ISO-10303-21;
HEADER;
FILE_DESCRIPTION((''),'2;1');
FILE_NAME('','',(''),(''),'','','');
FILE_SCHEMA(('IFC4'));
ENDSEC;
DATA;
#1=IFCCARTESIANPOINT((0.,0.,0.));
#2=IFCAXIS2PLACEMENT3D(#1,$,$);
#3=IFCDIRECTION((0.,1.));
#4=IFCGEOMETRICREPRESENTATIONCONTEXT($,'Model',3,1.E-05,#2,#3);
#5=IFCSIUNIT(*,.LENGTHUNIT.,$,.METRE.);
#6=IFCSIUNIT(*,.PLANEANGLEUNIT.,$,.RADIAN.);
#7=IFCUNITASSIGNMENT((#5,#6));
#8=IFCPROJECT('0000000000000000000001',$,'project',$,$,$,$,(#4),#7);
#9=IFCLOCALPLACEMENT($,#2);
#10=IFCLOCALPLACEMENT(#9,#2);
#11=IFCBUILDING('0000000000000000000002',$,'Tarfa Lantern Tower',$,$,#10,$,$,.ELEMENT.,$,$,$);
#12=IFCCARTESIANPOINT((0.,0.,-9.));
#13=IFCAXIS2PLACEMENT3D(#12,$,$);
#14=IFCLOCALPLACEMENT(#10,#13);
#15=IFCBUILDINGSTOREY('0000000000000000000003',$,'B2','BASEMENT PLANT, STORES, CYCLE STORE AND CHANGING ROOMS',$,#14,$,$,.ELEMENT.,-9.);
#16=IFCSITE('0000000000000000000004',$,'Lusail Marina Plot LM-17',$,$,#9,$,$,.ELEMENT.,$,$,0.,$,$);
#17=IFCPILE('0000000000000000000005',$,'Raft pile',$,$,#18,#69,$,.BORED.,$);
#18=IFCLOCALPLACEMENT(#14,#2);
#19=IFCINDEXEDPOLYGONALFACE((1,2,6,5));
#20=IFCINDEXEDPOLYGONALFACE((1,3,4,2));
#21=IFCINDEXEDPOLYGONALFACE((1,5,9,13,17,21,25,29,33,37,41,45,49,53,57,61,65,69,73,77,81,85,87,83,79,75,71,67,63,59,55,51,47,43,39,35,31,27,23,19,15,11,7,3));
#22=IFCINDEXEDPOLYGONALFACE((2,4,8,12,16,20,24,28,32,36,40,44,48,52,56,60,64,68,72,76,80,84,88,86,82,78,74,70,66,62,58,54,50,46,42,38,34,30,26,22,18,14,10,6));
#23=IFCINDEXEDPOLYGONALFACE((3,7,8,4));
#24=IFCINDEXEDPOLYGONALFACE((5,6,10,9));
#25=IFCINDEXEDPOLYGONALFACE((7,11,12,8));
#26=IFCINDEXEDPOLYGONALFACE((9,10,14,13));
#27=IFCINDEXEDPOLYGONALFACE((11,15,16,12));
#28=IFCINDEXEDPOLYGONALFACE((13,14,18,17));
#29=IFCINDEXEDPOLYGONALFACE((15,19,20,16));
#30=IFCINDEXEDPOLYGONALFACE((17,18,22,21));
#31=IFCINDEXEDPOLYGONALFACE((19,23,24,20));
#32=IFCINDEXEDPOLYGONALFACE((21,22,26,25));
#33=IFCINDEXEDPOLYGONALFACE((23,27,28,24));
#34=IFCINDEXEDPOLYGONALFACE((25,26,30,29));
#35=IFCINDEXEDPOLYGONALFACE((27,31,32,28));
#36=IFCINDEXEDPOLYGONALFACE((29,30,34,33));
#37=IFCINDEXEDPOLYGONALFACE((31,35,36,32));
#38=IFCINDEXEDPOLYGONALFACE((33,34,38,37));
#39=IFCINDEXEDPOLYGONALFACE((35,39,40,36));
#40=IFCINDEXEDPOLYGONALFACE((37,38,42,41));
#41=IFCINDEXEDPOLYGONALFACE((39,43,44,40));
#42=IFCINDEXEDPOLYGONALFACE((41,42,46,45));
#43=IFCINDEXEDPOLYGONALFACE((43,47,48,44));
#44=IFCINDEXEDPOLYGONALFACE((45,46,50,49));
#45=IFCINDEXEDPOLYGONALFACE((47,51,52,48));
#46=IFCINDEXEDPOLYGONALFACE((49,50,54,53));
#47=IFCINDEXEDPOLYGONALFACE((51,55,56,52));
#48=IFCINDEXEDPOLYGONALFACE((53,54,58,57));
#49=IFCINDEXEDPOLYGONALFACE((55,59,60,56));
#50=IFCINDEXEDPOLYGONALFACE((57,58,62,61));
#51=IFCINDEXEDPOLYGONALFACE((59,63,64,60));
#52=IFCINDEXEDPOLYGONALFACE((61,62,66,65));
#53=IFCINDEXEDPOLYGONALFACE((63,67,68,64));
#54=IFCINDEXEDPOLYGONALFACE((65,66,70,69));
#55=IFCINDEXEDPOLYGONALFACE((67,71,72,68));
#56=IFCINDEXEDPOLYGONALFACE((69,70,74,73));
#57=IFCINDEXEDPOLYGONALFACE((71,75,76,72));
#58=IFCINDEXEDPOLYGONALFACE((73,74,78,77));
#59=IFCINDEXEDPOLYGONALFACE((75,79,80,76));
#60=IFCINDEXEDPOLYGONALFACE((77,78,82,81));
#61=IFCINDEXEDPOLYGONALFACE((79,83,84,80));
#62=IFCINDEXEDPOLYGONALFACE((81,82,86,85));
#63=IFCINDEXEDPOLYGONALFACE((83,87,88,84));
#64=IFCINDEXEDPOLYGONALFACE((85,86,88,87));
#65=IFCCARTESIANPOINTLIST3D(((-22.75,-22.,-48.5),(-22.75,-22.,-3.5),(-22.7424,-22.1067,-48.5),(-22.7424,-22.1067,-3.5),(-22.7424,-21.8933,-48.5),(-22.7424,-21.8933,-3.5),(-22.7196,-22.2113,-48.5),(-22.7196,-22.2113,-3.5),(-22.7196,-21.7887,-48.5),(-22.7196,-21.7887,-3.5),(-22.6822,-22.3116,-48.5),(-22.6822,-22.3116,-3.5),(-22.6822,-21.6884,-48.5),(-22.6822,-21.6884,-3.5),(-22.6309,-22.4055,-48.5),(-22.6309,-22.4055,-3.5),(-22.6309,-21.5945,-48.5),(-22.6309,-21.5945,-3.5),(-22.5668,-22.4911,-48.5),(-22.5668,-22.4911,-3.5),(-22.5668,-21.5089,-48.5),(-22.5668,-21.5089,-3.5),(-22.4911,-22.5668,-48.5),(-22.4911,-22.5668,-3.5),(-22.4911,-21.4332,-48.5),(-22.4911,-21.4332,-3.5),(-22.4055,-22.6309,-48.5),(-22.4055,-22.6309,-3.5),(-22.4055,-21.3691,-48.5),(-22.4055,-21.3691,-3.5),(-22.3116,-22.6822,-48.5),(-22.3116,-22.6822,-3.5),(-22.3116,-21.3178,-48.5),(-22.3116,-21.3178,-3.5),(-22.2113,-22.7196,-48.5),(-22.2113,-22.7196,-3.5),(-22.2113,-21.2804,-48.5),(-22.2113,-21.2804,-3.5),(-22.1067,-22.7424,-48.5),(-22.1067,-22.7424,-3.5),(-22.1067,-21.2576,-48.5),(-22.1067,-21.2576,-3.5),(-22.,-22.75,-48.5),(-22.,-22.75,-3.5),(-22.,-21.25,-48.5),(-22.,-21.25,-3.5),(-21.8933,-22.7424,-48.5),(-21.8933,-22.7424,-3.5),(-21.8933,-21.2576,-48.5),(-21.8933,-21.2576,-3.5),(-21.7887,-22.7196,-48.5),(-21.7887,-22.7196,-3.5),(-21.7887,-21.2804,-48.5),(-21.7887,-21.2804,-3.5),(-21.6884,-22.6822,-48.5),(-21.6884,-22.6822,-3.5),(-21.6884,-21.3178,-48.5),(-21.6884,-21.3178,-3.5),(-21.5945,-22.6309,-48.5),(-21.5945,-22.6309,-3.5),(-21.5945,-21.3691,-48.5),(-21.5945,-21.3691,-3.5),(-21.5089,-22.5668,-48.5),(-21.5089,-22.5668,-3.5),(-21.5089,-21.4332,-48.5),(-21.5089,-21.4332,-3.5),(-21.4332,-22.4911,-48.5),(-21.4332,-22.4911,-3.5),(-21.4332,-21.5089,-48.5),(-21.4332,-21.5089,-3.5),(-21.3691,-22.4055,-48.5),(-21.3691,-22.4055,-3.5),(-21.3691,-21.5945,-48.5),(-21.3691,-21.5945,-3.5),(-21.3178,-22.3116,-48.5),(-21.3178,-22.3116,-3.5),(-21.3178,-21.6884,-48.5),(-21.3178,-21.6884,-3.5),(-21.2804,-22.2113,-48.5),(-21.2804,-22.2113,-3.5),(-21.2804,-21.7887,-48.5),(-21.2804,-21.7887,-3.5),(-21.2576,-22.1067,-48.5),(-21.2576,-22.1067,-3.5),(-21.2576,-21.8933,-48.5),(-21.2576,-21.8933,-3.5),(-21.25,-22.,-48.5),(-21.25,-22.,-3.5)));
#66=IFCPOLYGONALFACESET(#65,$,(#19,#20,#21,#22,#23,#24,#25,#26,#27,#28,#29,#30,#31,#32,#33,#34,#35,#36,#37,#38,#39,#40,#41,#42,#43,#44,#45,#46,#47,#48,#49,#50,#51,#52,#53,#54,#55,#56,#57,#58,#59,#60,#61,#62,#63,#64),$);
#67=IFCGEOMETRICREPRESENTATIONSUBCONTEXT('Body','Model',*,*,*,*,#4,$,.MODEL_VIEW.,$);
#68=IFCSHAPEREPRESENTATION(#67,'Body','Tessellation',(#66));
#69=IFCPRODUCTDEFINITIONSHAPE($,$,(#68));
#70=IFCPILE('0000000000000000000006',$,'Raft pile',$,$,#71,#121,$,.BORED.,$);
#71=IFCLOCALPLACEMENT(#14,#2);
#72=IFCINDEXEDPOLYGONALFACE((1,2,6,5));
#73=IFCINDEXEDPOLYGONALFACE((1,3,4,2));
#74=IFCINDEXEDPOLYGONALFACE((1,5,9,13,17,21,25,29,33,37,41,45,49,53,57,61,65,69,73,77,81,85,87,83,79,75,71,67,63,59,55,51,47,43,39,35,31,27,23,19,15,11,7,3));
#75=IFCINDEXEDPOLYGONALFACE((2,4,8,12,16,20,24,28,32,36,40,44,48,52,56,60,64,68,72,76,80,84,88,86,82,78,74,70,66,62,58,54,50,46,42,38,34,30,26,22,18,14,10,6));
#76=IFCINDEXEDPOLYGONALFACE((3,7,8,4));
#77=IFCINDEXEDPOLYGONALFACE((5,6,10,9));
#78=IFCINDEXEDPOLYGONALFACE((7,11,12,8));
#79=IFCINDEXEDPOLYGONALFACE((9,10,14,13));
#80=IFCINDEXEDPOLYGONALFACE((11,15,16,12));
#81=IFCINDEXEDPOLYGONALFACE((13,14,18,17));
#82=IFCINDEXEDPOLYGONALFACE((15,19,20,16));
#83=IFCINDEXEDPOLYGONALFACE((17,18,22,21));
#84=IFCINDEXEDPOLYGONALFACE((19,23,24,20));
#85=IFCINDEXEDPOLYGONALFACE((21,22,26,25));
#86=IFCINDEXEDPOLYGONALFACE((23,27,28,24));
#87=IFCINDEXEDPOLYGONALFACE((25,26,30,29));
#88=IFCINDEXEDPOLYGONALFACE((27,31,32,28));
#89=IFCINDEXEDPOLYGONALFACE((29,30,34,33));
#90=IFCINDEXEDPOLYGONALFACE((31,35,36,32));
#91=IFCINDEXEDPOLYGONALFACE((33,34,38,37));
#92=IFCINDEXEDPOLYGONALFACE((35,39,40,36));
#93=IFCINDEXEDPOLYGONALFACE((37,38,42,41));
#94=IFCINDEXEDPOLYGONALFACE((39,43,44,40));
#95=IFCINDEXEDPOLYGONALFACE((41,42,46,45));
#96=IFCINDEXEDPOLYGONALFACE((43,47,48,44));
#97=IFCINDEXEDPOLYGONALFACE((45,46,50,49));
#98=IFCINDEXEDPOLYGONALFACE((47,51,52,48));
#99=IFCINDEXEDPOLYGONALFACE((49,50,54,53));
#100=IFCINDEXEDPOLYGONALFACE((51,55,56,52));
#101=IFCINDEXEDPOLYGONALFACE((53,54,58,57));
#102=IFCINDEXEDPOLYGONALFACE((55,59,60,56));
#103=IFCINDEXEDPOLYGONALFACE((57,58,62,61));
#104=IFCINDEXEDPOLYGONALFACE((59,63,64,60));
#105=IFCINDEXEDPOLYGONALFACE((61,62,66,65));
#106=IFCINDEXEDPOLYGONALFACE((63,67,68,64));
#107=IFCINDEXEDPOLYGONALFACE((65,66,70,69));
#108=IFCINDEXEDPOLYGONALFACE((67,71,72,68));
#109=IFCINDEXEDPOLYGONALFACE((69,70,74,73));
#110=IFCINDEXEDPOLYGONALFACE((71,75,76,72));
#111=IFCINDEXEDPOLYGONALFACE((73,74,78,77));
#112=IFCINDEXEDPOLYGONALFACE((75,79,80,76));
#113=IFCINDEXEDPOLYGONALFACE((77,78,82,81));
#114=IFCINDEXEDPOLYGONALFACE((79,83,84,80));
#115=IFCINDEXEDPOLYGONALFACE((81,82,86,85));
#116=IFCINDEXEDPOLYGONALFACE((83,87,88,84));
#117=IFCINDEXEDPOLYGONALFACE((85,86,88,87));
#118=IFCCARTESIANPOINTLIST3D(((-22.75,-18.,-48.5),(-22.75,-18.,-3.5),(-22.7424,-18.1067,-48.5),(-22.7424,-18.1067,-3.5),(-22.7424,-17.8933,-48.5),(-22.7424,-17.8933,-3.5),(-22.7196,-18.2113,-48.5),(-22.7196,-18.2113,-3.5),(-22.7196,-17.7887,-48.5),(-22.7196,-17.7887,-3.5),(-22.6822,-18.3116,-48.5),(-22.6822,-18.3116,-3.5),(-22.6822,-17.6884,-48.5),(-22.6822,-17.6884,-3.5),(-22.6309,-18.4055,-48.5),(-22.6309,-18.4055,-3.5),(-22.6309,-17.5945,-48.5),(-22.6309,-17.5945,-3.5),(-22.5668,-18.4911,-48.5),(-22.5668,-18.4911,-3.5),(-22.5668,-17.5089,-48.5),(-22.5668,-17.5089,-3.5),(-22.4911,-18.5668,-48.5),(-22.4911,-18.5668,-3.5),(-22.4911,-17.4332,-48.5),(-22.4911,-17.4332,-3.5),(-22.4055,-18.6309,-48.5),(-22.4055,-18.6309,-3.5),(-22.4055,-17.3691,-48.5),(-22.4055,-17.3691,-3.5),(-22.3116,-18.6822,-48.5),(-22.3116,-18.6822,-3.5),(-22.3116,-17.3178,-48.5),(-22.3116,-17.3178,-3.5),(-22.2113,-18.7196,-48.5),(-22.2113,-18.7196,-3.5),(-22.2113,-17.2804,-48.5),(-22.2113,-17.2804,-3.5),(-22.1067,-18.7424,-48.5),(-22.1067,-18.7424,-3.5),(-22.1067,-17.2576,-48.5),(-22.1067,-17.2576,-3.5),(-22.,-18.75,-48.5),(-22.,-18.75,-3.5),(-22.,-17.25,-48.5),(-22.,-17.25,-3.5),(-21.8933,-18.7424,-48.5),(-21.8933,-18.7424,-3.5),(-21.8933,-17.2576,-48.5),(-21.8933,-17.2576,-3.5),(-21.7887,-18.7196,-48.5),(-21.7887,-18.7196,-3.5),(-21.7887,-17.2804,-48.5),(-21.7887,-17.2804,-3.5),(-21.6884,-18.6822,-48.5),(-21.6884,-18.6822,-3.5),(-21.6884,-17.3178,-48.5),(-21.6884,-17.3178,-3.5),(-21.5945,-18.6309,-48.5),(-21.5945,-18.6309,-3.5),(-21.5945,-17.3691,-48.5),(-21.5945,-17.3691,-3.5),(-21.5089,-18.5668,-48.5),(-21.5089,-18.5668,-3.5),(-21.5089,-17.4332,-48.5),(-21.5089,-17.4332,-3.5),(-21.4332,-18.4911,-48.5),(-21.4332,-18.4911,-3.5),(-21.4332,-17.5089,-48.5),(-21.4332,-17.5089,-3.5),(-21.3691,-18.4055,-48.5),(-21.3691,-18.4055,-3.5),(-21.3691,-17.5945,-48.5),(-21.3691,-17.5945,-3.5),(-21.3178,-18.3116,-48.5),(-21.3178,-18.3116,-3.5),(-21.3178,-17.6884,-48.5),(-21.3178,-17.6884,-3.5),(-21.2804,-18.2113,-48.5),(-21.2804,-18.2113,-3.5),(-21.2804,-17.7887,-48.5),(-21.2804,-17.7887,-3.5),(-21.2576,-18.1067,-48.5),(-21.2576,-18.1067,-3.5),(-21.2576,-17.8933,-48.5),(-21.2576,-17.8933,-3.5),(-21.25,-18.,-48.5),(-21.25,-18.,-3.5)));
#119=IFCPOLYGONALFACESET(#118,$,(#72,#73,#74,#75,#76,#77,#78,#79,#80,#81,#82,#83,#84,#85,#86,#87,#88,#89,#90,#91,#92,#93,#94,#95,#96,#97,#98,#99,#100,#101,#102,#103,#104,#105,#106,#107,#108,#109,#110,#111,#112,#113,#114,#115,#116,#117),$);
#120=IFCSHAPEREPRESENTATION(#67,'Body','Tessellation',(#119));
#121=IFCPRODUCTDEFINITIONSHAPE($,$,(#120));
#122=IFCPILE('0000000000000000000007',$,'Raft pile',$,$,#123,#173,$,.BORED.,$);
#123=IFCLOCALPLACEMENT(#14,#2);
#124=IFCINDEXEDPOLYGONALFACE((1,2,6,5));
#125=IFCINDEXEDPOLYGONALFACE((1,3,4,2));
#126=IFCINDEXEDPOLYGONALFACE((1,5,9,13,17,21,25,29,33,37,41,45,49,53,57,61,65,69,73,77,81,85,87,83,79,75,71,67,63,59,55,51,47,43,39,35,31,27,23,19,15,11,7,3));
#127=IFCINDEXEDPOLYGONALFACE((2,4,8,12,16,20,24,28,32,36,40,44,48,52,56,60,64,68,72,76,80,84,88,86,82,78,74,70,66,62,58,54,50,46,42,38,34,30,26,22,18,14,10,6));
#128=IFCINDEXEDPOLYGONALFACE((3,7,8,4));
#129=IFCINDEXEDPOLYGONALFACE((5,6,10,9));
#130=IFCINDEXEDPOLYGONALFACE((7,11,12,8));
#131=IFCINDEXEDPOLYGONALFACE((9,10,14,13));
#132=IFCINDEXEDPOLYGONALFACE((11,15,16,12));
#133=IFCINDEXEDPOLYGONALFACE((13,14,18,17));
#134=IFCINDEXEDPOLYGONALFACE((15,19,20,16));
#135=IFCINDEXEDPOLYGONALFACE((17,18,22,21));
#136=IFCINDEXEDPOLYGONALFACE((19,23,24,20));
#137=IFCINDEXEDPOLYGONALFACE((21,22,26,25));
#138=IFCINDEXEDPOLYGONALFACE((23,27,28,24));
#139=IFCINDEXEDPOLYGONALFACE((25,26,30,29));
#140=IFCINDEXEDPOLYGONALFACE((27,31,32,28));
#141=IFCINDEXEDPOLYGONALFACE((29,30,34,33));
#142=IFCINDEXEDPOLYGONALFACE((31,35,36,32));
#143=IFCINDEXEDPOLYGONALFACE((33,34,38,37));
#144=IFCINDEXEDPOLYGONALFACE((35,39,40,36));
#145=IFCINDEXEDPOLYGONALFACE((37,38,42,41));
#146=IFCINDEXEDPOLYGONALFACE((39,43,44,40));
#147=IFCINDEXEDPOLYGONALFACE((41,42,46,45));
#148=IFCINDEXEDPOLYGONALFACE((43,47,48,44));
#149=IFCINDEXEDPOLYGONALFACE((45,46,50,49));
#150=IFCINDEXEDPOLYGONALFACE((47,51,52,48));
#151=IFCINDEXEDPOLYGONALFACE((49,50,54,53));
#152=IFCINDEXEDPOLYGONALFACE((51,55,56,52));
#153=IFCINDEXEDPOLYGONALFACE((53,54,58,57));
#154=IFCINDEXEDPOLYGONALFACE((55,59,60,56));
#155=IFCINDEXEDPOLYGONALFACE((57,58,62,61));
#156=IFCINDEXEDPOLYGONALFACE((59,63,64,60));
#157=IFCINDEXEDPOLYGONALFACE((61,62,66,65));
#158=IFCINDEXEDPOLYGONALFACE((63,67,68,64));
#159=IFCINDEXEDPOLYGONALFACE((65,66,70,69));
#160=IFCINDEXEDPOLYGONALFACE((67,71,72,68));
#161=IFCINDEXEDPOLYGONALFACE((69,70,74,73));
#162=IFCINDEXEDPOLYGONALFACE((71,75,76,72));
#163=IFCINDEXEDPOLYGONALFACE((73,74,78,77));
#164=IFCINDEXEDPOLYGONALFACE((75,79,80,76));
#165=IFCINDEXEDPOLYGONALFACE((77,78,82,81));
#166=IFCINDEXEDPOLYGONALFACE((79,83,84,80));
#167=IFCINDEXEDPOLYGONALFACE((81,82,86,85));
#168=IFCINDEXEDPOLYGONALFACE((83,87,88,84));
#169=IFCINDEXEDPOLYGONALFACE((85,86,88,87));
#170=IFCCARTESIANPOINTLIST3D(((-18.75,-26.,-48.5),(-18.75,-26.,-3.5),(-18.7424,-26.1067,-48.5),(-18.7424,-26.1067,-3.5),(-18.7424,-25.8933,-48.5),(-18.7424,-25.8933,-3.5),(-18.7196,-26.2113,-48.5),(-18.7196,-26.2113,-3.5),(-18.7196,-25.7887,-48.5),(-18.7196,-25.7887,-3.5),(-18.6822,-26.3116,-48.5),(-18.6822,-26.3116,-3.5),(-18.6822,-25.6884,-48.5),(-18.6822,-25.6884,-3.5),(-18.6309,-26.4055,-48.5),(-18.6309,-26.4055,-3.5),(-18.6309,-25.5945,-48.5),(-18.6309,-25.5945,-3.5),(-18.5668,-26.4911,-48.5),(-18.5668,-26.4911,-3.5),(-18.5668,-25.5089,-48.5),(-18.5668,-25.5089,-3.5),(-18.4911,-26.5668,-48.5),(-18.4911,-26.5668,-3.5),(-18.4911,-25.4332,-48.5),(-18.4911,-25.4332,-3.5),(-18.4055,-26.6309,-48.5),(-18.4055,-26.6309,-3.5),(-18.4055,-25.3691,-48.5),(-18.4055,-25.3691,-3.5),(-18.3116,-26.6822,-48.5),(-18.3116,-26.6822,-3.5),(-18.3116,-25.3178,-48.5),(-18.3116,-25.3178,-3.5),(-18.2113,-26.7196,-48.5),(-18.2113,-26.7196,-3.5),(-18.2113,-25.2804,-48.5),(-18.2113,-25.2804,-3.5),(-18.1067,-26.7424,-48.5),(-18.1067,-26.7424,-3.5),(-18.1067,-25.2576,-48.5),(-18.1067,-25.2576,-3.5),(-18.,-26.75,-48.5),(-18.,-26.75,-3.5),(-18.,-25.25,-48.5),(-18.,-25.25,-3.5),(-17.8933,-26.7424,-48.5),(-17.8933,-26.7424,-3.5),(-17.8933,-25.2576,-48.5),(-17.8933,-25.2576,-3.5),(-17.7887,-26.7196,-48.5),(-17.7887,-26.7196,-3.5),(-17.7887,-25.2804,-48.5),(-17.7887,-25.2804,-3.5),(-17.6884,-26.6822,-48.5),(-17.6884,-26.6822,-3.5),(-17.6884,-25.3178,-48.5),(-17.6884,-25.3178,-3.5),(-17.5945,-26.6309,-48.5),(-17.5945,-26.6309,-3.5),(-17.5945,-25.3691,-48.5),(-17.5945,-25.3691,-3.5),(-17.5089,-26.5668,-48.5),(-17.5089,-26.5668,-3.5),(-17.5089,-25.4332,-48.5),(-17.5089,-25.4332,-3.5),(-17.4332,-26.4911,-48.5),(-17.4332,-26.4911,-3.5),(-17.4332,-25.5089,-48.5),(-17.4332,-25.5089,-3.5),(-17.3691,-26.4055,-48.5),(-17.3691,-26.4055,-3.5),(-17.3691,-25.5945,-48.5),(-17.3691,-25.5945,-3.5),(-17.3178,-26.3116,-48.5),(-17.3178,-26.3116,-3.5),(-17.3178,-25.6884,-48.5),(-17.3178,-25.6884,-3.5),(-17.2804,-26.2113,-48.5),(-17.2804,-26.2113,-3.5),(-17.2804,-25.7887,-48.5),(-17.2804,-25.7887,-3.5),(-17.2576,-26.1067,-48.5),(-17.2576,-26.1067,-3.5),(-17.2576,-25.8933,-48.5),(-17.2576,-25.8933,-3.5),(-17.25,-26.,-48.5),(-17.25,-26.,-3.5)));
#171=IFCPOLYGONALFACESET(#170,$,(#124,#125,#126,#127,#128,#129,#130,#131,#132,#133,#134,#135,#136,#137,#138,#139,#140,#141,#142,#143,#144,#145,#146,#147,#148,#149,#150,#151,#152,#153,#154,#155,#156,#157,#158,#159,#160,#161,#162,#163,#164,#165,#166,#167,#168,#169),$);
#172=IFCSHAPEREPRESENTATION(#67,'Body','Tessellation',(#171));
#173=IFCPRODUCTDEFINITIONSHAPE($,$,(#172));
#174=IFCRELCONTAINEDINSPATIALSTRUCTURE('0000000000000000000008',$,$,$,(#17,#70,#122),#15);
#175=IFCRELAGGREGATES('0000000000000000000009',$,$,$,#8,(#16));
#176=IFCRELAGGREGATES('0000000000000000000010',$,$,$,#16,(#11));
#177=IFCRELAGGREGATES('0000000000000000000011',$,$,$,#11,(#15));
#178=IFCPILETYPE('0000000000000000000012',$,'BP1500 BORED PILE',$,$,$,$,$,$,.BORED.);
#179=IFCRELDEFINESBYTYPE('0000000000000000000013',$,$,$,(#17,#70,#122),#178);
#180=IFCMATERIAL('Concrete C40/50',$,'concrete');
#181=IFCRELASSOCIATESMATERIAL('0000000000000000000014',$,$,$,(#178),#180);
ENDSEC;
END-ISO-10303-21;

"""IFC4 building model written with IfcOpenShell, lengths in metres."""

from ifc_helpers import new_model, si_unit, direction, frame, origin, origin_2d, place, context, subcontext, project, spatial, circle, extrude, material, material_profile, profile_set, type_object, element, save


model = new_model("IFC4")

# Units and contexts
model_context = context("Model", 3, precision=1e-05, world=origin(), true_north=direction((0.0, 1.0)))
body_context = subcontext(model_context, "Body", "Model", "MODEL_VIEW")
ifc_project = project(units=[si_unit("LENGTHUNIT", "METRE"), si_unit("PLANEANGLEUNIT", "RADIAN")], contexts=[model_context])

# Site, building, storey
site_placement = place(None, origin())
site = spatial("IfcSite", under=ifc_project, at=site_placement, Name="Lusail Marina Plot LM-17", CompositionType="ELEMENT", RefElevation=0.0)
building_placement = place(site_placement, origin())
building = spatial("IfcBuilding", under=site, at=building_placement, Name="Tarfa Lantern Tower", CompositionType="ELEMENT")
storey_placement = place(building_placement, frame((0.0, 0.0, -9.0)))
storey = spatial("IfcBuildingStorey", under=building, at=storey_placement, Name="B2", Description="BASEMENT PLANT, STORES, CYCLE STORE AND CHANGING ROOMS", CompositionType="ELEMENT", Elevation=-9.0)

# Piles
ifc_material_1 = material(Name="Concrete C40/50", Category="concrete")
ifc_material_profile_1 = material_profile(ifc_material_1, circle(Radius=0.75, at=origin_2d()), Name="BORED PILE D1500")
ifc_profile_set_1 = profile_set([ifc_material_profile_1], Name="Concrete C40/50")
pile_type_1 = type_object("IfcPileType", Name="BP1500 BORED PILE", PredefinedType="BORED", material=ifc_profile_set_1)
for number, where, z_axis, x_axis, name in (
    (1, (-22.0, -22.0, -3.5), (0.0, 0.0, -1.0), (1.0, 0.0, 0.0), "Raft pile"),
    (2, (-22.0, -18.0, -3.5), (0.0, 0.0, -1.0), (1.0, 0.0, 0.0), "Raft pile"),
    (3, (-18.0, -26.0, -3.5), (0.0, 0.0, -1.0), (1.0, 0.0, 0.0), "Raft pile"),
):
    element("IfcPile", number, at=place(storey_placement, frame(where, z_axis=z_axis, x_axis=x_axis)), inside=storey, type_object=pile_type_1, Name=name, PredefinedType="BORED", context=body_context, shape_type="SweptSolid", body=[
        extrude(circle(Radius=0.75, at=origin_2d()), origin(), (0.0, 0.0, 1.0), 45.0),
    ])

save(model, "model.ifc")
